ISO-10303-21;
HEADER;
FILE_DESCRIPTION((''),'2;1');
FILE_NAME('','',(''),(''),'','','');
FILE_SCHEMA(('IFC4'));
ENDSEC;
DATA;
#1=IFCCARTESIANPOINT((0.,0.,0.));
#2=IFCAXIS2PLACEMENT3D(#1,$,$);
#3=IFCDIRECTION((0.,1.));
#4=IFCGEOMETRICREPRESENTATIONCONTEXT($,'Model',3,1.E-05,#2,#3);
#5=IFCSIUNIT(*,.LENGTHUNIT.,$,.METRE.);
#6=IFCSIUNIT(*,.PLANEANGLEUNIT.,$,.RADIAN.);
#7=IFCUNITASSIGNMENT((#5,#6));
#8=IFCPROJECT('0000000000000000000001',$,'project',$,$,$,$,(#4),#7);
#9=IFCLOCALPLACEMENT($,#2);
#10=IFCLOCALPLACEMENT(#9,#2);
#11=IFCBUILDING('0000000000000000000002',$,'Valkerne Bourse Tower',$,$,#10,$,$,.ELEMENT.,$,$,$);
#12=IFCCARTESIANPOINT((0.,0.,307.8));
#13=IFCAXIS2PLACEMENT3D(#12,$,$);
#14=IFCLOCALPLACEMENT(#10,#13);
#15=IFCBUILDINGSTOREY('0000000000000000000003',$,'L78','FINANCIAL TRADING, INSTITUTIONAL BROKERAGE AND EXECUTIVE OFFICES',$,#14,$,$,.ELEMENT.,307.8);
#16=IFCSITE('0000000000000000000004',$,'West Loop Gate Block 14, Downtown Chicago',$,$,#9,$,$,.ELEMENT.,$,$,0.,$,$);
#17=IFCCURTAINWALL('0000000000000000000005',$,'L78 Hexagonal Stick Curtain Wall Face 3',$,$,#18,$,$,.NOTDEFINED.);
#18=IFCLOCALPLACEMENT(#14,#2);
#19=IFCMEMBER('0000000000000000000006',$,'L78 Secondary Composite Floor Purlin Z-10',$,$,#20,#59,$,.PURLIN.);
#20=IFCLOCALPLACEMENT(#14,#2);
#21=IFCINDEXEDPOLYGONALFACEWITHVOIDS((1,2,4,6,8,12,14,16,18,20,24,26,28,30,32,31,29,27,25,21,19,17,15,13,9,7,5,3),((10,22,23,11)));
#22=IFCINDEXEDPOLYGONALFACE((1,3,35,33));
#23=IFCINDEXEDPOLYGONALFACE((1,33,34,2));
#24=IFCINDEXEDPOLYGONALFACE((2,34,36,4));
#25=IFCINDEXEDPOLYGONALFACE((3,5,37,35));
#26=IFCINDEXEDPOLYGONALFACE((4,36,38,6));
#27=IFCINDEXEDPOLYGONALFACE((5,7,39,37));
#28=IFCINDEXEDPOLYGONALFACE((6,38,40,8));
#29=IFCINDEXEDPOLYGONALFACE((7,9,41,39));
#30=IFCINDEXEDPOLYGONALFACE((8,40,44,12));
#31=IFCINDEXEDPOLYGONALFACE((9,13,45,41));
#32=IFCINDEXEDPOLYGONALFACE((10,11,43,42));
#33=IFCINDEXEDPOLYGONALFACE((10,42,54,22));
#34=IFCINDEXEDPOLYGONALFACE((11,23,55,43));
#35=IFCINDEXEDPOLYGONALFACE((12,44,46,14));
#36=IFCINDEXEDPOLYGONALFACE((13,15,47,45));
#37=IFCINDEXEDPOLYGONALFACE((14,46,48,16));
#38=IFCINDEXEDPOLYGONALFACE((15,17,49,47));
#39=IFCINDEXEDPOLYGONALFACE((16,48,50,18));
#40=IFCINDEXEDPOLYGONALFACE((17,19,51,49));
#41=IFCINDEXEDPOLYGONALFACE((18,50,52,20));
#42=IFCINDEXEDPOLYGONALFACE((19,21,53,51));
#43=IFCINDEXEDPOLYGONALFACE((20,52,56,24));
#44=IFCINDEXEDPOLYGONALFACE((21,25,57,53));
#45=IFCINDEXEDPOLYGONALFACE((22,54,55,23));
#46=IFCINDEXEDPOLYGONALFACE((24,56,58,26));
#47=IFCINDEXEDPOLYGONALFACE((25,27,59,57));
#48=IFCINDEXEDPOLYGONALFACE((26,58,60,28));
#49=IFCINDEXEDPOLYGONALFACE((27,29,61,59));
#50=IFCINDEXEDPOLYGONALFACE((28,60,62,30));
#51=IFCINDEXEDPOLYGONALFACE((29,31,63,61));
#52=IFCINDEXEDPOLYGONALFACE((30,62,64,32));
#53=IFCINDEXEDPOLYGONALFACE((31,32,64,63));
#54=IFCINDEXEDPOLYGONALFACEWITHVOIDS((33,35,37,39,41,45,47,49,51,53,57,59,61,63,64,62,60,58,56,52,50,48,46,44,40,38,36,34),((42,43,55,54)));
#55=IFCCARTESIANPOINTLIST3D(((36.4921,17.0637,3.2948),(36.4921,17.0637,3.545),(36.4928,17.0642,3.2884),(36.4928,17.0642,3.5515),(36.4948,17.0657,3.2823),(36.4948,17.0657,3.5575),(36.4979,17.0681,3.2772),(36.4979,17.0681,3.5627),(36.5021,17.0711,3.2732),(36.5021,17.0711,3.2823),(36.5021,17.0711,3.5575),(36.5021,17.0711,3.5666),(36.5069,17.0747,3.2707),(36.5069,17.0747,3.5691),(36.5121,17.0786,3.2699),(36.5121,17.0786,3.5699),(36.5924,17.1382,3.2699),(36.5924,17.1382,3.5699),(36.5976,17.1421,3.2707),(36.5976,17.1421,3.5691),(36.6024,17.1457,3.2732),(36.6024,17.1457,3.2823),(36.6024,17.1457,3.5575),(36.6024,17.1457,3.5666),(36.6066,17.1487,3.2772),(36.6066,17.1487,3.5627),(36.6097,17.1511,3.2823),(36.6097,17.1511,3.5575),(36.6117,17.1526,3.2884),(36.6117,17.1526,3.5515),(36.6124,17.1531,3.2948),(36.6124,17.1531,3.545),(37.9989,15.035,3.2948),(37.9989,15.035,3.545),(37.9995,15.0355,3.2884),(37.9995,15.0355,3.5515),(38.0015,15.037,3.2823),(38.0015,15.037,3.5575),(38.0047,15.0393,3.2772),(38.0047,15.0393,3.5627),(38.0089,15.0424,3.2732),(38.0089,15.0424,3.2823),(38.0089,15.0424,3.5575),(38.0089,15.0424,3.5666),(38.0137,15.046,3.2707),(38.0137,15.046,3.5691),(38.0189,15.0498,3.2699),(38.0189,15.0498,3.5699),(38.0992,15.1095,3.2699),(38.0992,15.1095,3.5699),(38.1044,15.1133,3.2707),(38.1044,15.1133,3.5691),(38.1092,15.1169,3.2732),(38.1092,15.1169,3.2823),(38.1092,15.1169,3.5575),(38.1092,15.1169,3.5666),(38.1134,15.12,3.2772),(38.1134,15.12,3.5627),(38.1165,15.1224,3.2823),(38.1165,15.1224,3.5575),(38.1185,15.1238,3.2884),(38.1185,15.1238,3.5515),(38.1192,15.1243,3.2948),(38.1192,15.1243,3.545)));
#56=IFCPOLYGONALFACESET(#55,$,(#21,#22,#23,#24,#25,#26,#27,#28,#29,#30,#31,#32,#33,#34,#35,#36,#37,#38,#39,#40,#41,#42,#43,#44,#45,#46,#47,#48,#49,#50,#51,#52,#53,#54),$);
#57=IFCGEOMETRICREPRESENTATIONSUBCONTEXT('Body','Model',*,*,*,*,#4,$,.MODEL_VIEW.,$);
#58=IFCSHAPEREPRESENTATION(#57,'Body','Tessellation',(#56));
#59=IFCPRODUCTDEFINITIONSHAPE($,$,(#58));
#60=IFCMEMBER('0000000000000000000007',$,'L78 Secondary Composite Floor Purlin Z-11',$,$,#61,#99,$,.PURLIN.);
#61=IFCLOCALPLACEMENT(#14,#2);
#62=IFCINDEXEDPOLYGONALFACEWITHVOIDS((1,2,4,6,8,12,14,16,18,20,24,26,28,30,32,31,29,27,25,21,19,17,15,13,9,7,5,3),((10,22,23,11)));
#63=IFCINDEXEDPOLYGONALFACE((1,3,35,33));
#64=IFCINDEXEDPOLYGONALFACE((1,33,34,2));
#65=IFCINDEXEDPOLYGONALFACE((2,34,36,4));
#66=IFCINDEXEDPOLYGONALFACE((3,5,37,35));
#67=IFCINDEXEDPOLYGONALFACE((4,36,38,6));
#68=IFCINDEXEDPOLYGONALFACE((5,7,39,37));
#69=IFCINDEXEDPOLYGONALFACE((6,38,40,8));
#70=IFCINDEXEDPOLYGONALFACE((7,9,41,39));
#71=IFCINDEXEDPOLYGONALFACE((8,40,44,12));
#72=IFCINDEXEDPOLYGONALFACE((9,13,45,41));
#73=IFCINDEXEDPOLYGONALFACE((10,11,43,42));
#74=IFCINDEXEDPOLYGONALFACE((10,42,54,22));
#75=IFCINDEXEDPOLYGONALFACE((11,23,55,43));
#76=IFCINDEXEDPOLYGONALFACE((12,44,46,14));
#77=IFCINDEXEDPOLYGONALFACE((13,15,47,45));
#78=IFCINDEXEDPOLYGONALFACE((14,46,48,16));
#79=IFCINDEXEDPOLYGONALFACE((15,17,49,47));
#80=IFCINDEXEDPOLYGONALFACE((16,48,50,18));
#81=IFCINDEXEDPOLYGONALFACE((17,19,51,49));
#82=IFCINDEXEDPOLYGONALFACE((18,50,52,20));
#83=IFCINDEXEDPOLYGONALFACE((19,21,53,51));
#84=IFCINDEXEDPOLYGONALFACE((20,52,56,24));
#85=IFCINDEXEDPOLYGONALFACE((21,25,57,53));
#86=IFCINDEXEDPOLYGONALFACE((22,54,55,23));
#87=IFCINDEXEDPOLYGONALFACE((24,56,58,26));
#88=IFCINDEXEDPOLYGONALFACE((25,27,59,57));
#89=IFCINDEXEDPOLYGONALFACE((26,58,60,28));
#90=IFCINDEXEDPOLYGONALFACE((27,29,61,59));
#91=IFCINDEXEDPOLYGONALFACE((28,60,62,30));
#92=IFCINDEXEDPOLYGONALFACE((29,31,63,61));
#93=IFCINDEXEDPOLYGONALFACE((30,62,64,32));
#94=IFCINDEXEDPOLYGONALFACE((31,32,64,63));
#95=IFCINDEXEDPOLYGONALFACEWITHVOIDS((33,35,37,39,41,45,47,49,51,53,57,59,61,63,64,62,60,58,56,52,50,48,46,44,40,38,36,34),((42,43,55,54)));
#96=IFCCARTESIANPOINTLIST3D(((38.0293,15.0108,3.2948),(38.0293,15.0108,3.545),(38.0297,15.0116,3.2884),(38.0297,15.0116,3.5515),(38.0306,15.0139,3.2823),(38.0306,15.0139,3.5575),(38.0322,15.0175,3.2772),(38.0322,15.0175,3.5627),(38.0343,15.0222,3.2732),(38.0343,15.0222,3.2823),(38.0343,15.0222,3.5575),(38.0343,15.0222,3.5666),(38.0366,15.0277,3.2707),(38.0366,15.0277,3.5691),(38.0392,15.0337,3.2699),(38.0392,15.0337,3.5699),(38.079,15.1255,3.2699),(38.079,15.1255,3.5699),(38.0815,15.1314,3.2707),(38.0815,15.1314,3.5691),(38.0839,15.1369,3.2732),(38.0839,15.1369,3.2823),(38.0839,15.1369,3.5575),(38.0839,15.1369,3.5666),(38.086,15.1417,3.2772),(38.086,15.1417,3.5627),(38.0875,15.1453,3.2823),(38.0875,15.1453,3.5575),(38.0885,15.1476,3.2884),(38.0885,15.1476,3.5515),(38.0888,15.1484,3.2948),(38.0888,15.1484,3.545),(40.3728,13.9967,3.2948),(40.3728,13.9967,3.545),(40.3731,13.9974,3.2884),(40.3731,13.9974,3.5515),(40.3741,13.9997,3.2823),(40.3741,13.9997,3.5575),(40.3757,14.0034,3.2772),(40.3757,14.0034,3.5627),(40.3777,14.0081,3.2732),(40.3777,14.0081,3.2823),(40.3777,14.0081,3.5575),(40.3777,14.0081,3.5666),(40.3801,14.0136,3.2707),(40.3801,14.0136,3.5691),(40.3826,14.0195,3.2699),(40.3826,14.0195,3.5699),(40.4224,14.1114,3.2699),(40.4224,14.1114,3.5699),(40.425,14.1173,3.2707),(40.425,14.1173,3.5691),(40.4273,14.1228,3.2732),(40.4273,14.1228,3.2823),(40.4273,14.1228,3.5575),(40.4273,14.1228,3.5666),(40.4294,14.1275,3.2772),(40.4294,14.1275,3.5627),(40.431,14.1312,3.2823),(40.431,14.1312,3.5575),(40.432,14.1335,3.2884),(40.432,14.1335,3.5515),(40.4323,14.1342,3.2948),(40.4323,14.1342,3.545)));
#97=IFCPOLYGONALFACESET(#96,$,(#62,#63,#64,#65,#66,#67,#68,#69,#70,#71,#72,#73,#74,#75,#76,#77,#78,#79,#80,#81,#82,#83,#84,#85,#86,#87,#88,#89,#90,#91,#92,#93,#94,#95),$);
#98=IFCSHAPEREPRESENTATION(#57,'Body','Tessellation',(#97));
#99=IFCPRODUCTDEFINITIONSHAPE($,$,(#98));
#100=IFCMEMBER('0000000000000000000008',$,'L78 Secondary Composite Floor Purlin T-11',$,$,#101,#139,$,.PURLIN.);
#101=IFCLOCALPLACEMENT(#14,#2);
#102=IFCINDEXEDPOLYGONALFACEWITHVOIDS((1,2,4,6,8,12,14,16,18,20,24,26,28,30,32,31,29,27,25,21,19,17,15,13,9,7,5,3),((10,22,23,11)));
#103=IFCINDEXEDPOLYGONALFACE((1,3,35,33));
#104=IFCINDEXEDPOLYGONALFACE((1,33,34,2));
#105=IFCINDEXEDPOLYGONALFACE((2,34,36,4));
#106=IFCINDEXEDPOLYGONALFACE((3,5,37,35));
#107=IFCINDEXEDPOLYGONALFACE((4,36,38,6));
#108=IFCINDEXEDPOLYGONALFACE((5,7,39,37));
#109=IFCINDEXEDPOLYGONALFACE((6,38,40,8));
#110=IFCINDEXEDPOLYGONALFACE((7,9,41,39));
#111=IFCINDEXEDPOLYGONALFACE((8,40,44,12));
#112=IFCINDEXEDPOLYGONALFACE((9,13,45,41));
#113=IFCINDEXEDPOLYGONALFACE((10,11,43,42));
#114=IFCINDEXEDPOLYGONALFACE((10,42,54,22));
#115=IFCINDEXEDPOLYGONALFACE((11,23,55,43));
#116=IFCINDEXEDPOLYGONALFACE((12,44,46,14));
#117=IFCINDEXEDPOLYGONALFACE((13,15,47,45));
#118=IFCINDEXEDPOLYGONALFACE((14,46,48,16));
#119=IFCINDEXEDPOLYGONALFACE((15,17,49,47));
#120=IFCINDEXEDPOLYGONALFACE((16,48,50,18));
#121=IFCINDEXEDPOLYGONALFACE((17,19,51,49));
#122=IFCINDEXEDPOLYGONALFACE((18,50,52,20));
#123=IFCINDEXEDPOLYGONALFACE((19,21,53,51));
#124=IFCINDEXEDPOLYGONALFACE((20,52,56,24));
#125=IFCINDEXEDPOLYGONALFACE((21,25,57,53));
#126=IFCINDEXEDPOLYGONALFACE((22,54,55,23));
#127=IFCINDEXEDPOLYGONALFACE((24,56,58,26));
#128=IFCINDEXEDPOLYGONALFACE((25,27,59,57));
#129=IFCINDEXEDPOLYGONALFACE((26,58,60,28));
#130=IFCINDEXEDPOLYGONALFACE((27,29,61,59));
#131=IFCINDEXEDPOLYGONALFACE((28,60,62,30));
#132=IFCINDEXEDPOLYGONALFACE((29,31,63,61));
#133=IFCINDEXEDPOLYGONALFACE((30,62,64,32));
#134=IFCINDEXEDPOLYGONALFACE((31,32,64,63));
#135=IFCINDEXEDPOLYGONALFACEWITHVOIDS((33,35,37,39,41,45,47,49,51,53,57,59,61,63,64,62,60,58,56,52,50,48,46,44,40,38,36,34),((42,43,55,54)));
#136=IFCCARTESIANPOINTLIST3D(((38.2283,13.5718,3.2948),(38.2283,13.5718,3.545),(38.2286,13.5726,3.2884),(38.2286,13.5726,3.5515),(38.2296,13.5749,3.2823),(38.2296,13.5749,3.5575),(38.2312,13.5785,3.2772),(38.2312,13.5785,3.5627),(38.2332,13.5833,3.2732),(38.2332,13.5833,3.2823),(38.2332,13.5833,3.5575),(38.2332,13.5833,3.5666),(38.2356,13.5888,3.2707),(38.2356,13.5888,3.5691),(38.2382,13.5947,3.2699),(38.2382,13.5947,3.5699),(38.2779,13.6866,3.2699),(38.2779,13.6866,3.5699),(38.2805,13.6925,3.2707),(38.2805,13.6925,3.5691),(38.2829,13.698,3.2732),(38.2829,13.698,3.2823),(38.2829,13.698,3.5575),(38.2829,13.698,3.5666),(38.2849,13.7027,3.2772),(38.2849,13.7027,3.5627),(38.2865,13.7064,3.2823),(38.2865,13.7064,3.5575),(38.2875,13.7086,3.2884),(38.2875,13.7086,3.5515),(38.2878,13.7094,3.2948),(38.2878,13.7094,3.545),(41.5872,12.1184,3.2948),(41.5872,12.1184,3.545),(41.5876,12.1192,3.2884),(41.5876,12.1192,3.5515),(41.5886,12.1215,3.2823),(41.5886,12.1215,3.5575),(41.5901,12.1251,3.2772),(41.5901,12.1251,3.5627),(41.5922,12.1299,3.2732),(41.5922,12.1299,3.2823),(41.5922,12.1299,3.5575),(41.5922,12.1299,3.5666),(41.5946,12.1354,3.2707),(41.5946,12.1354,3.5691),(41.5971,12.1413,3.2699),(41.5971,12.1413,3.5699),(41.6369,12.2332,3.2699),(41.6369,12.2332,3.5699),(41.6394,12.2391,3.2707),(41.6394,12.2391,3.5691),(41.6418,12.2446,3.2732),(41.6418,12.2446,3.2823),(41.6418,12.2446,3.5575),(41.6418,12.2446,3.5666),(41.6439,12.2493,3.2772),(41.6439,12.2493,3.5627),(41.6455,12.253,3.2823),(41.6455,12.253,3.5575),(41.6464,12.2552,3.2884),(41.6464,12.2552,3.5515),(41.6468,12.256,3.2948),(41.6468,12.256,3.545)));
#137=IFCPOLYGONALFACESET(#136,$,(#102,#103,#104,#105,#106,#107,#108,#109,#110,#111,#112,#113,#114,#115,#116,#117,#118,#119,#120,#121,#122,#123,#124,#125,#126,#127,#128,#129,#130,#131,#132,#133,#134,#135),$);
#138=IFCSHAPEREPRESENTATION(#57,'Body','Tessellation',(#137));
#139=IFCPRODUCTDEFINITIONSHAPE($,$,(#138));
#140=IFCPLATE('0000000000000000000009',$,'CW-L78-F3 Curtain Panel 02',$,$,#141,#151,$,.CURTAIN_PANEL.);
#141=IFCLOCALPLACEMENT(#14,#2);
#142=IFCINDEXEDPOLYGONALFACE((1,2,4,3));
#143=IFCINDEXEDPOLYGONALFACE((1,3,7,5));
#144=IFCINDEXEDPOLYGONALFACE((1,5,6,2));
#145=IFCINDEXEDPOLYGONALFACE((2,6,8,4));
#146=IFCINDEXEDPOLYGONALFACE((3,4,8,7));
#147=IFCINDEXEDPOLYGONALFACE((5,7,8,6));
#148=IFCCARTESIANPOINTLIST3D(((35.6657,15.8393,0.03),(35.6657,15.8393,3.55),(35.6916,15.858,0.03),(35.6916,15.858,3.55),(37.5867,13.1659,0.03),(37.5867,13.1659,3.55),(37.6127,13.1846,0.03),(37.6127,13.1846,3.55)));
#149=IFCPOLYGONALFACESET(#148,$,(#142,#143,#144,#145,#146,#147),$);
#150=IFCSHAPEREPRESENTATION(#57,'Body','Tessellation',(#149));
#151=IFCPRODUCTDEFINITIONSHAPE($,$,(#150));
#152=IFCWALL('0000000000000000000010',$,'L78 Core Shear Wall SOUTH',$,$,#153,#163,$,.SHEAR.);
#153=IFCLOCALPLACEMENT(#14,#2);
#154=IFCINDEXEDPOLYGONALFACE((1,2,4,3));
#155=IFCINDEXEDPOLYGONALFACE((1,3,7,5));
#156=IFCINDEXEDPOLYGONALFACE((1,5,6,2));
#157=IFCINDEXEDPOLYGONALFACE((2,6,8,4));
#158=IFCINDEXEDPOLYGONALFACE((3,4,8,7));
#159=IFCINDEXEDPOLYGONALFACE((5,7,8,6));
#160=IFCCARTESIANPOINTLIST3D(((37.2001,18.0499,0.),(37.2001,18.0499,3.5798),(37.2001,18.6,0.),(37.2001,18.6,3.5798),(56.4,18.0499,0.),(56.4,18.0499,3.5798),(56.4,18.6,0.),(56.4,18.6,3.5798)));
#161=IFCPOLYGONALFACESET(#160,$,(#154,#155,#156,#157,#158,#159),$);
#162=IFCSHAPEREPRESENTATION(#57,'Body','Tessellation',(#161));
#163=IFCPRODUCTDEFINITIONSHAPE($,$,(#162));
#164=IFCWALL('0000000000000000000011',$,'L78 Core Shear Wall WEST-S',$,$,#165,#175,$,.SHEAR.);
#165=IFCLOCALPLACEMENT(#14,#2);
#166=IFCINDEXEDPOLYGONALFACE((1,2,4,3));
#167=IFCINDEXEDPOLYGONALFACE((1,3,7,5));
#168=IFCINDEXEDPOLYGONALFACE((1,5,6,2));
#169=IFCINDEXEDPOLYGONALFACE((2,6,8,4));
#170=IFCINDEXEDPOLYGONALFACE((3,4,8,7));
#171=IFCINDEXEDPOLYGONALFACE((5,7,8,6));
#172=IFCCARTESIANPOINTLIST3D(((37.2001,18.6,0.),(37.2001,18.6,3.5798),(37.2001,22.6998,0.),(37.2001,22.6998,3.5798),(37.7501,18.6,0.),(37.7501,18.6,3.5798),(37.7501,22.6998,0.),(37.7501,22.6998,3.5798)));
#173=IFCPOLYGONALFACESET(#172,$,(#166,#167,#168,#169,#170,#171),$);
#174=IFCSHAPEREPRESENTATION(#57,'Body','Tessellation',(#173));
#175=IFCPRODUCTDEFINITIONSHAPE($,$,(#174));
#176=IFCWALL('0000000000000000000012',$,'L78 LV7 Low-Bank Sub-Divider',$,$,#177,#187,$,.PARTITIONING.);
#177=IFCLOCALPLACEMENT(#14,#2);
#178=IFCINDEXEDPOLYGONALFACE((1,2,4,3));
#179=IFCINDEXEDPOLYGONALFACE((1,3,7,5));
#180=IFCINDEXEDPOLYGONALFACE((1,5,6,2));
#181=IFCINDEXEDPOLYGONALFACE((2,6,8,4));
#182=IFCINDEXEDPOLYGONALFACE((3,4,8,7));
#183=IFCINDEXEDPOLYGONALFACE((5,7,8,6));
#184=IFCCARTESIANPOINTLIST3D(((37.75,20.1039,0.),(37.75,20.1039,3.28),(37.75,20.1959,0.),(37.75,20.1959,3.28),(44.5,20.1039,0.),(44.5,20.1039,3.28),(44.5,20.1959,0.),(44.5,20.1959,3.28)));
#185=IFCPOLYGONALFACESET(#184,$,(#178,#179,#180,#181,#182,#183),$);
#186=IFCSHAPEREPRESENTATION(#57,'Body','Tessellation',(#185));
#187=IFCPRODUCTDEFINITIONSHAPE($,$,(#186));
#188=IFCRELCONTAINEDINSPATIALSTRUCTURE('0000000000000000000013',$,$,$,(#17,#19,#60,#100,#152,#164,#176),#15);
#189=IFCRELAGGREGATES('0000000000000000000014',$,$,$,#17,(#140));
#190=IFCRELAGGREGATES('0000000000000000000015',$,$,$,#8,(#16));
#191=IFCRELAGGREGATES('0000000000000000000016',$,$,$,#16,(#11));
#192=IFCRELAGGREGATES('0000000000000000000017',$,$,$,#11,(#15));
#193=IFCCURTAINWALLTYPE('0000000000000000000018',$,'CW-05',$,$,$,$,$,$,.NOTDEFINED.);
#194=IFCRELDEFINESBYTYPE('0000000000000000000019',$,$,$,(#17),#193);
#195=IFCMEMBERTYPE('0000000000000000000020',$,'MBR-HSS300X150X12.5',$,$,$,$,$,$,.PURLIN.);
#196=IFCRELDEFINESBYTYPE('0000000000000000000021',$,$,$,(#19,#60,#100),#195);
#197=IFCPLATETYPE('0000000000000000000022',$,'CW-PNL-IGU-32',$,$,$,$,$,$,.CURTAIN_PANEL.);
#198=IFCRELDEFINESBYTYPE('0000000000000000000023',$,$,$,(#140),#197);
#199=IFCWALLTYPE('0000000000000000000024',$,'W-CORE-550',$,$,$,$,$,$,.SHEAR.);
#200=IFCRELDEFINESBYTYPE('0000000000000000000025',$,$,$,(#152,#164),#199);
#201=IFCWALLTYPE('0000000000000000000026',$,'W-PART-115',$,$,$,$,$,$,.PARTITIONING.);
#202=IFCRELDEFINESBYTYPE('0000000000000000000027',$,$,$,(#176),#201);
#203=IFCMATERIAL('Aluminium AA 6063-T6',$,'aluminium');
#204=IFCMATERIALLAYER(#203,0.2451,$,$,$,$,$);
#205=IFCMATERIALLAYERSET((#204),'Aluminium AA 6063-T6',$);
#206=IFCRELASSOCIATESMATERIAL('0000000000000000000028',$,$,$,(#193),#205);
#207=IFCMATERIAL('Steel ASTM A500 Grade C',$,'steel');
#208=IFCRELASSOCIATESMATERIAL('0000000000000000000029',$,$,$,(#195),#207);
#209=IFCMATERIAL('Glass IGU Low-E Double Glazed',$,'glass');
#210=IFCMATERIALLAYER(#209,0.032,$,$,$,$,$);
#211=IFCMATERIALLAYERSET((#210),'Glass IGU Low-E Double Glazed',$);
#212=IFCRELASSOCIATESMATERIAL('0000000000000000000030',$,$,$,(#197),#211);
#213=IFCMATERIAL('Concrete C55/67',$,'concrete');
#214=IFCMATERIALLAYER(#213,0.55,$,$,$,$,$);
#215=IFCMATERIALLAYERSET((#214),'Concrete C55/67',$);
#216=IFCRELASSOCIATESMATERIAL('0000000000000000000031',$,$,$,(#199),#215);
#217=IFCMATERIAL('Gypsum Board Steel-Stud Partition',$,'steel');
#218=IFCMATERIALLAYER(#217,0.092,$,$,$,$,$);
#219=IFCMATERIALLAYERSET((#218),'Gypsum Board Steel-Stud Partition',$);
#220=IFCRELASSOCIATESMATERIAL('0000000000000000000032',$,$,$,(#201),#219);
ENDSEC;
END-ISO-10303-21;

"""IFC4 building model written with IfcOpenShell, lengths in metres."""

from ifc_helpers import new_model, si_unit, direction, frame, frame_2d, origin, origin_2d, place, context, subcontext, project, spatial, rectangle, hollow_rectangle, extrude, material, layer, layer_set, material_profile, profile_set, type_object, element, aggregate, save


model = new_model("IFC4")

# Units and contexts
model_context = context("Model", 3, precision=1e-05, world=origin(), true_north=direction((0.0, 1.0)))
body_context = subcontext(model_context, "Body", "Model", "MODEL_VIEW")
ifc_project = project(units=[si_unit("LENGTHUNIT", "METRE"), si_unit("PLANEANGLEUNIT", "RADIAN")], contexts=[model_context])

# Site, building, storey
site_placement = place(None, origin())
site = spatial("IfcSite", under=ifc_project, at=site_placement, Name="West Loop Gate Block 14, Downtown Chicago", CompositionType="ELEMENT", RefElevation=0.0)
building_placement = place(site_placement, origin())
building = spatial("IfcBuilding", under=site, at=building_placement, Name="Valkerne Bourse Tower", CompositionType="ELEMENT")
storey_placement = place(building_placement, frame((0.0, 0.0, 307.8)))
storey = spatial("IfcBuildingStorey", under=building, at=storey_placement, Name="L78", Description="FINANCIAL TRADING, INSTITUTIONAL BROKERAGE AND EXECUTIVE OFFICES", CompositionType="ELEMENT", Elevation=307.8)

# Curtain wall
ifc_material_1 = material(Name="Aluminium AA 6063-T6", Category="aluminium")
ifc_layer_1 = layer(ifc_material_1, 0.2451)
ifc_layer_set_1 = layer_set([ifc_layer_1], Name="Aluminium AA 6063-T6")
curtain_wall_type = type_object("IfcCurtainWallType", Name="CW-05", PredefinedType="NOTDEFINED", material=ifc_layer_set_1)
curtain_wall_placement = place(storey_placement, origin())
curtain_wall = element("IfcCurtainWall", 1, at=curtain_wall_placement, inside=storey, type_object=curtain_wall_type, Name="L78 Hexagonal Stick Curtain Wall Face 3", PredefinedType="NOTDEFINED")

# Members
ifc_material_2 = material(Name="Steel ASTM A500 Grade C", Category="steel")
ifc_material_profile_1 = material_profile(ifc_material_2, hollow_rectangle(XDim=0.1499, YDim=0.3, WallThickness=0.0125, OuterFilletRadius=0.0249, at=origin_2d()), Name="HSS300X150X12.5")
ifc_profile_set_1 = profile_set([ifc_material_profile_1], Name="Steel ASTM A500 Grade C")
member_type_1 = type_object("IfcMemberType", Name="MBR-HSS300X150X12.5", PredefinedType="PURLIN", material=ifc_profile_set_1)
member_1_placement = place(storey_placement, frame((36.5522, 17.1084, 3.4199), z_axis=(0.596253, -0.802797, 0.0), x_axis=(0.802797, 0.596253, 0.0)))
element("IfcMember", 2, at=member_1_placement, inside=storey, type_object=member_type_1, Name="L78 Secondary Composite Floor Purlin Z-10", PredefinedType="PURLIN", context=body_context, shape_type="SweptSolid", body=[
    extrude(hollow_rectangle(XDim=0.1499, YDim=0.3, WallThickness=0.0125, OuterFilletRadius=0.0249, at=origin_2d()), origin(), (0.0, 0.0, 1.0), 2.5271),
])
member_2_placement = place(storey_placement, frame((38.0591, 15.0796, 3.4199), z_axis=(0.91775, -0.397159, 0.0), x_axis=(0.397159, 0.91775, 0.0)))
element("IfcMember", 3, at=member_2_placement, inside=storey, type_object=member_type_1, Name="L78 Secondary Composite Floor Purlin Z-11", PredefinedType="PURLIN", context=body_context, shape_type="SweptSolid", body=[
    extrude(hollow_rectangle(XDim=0.1499, YDim=0.3, WallThickness=0.0125, OuterFilletRadius=0.0249, at=origin_2d()), origin(), (0.0, 0.0, 1.0), 2.5535),
])
member_3_placement = place(storey_placement, frame((38.2581, 13.6406, 3.4199), z_axis=(0.91777, -0.397113, 0.0), x_axis=(0.397113, 0.91777, 0.0)))
element("IfcMember", 4, at=member_3_placement, inside=storey, type_object=member_type_1, Name="L78 Secondary Composite Floor Purlin T-11", PredefinedType="PURLIN", context=body_context, shape_type="SweptSolid", body=[
    extrude(hollow_rectangle(XDim=0.1499, YDim=0.3, WallThickness=0.0125, OuterFilletRadius=0.0249, at=origin_2d()), origin(), (0.0, 0.0, 1.0), 3.6599),
])

# Plate
ifc_material_3 = material(Name="Glass IGU Low-E Double Glazed", Category="glass")
ifc_layer_2 = layer(ifc_material_3, 0.032)
ifc_layer_set_2 = layer_set([ifc_layer_2], Name="Glass IGU Low-E Double Glazed")
plate_type = type_object("IfcPlateType", Name="CW-PNL-IGU-32", PredefinedType="CURTAIN_PANEL", material=ifc_layer_set_2)
plate_placement = place(storey_placement, frame((36.6392, 14.512, 0.03), z_axis=(0.0, 0.0, 1.0), x_axis=(0.583545, -0.812081, 0.0)))
plate = element("IfcPlate", 5, at=plate_placement, type_object=plate_type, Name="CW-L78-F3 Curtain Panel 02", PredefinedType="CURTAIN_PANEL", context=body_context, shape_type="SweptSolid", body=[
    extrude(rectangle(XDim=3.292, YDim=0.032, at=origin_2d()), origin(), (0.0, 0.0, 1.0), 3.52),
])
aggregate(curtain_wall, [plate])

# Walls
ifc_material_4 = material(Name="Concrete C55/67", Category="concrete")
ifc_layer_3 = layer(ifc_material_4, 0.55)
ifc_layer_set_3 = layer_set([ifc_layer_3], Name="Concrete C55/67")
wall_type_1 = type_object("IfcWallType", Name="W-CORE-550", PredefinedType="SHEAR", material=ifc_layer_set_3)
wall_1_placement = place(storey_placement, frame((37.2, 18.325, 0.0), z_axis=(0.0, 0.0, 1.0), x_axis=(1.0, 0.0, 0.0)))
element("IfcWall", 6, at=wall_1_placement, inside=storey, type_object=wall_type_1, Name="L78 Core Shear Wall SOUTH", PredefinedType="SHEAR", context=body_context, shape_type="SweptSolid", body=[
    extrude(rectangle(XDim=19.2, YDim=0.55, at=frame_2d((9.6001, 0.0))), origin(), (0.0, 0.0, 1.0), 3.5798),
])
wall_2_placement = place(storey_placement, frame((37.4751, 18.6001, 0.0), z_axis=(0.0, 0.0, 1.0), x_axis=(0.0, 1.0, 0.0)))
element("IfcWall", 7, at=wall_2_placement, inside=storey, type_object=wall_type_1, Name="L78 Core Shear Wall WEST-S", PredefinedType="SHEAR", context=body_context, shape_type="SweptSolid", body=[
    extrude(rectangle(XDim=4.0999, YDim=0.55, at=frame_2d((2.0498, 0.0))), origin(), (0.0, 0.0, 1.0), 3.5798),
])
ifc_material_5 = material(Name="Gypsum Board Steel-Stud Partition", Category="steel")
ifc_layer_4 = layer(ifc_material_5, 0.092)
ifc_layer_set_4 = layer_set([ifc_layer_4], Name="Gypsum Board Steel-Stud Partition")
wall_type_2 = type_object("IfcWallType", Name="W-PART-115", PredefinedType="PARTITIONING", material=ifc_layer_set_4)
wall_3_placement = place(storey_placement, frame((37.75, 20.1499, 0.0), z_axis=(0.0, 0.0, 1.0), x_axis=(1.0, 0.0, 0.0)))
element("IfcWall", 8, at=wall_3_placement, inside=storey, type_object=wall_type_2, Name="L78 LV7 Low-Bank Sub-Divider", PredefinedType="PARTITIONING", context=body_context, shape_type="SweptSolid", body=[
    extrude(rectangle(XDim=6.75, YDim=0.092, at=frame_2d((3.375, 0.0))), origin(), (0.0, 0.0, 1.0), 3.28),
])

save(model, "model.ifc")
